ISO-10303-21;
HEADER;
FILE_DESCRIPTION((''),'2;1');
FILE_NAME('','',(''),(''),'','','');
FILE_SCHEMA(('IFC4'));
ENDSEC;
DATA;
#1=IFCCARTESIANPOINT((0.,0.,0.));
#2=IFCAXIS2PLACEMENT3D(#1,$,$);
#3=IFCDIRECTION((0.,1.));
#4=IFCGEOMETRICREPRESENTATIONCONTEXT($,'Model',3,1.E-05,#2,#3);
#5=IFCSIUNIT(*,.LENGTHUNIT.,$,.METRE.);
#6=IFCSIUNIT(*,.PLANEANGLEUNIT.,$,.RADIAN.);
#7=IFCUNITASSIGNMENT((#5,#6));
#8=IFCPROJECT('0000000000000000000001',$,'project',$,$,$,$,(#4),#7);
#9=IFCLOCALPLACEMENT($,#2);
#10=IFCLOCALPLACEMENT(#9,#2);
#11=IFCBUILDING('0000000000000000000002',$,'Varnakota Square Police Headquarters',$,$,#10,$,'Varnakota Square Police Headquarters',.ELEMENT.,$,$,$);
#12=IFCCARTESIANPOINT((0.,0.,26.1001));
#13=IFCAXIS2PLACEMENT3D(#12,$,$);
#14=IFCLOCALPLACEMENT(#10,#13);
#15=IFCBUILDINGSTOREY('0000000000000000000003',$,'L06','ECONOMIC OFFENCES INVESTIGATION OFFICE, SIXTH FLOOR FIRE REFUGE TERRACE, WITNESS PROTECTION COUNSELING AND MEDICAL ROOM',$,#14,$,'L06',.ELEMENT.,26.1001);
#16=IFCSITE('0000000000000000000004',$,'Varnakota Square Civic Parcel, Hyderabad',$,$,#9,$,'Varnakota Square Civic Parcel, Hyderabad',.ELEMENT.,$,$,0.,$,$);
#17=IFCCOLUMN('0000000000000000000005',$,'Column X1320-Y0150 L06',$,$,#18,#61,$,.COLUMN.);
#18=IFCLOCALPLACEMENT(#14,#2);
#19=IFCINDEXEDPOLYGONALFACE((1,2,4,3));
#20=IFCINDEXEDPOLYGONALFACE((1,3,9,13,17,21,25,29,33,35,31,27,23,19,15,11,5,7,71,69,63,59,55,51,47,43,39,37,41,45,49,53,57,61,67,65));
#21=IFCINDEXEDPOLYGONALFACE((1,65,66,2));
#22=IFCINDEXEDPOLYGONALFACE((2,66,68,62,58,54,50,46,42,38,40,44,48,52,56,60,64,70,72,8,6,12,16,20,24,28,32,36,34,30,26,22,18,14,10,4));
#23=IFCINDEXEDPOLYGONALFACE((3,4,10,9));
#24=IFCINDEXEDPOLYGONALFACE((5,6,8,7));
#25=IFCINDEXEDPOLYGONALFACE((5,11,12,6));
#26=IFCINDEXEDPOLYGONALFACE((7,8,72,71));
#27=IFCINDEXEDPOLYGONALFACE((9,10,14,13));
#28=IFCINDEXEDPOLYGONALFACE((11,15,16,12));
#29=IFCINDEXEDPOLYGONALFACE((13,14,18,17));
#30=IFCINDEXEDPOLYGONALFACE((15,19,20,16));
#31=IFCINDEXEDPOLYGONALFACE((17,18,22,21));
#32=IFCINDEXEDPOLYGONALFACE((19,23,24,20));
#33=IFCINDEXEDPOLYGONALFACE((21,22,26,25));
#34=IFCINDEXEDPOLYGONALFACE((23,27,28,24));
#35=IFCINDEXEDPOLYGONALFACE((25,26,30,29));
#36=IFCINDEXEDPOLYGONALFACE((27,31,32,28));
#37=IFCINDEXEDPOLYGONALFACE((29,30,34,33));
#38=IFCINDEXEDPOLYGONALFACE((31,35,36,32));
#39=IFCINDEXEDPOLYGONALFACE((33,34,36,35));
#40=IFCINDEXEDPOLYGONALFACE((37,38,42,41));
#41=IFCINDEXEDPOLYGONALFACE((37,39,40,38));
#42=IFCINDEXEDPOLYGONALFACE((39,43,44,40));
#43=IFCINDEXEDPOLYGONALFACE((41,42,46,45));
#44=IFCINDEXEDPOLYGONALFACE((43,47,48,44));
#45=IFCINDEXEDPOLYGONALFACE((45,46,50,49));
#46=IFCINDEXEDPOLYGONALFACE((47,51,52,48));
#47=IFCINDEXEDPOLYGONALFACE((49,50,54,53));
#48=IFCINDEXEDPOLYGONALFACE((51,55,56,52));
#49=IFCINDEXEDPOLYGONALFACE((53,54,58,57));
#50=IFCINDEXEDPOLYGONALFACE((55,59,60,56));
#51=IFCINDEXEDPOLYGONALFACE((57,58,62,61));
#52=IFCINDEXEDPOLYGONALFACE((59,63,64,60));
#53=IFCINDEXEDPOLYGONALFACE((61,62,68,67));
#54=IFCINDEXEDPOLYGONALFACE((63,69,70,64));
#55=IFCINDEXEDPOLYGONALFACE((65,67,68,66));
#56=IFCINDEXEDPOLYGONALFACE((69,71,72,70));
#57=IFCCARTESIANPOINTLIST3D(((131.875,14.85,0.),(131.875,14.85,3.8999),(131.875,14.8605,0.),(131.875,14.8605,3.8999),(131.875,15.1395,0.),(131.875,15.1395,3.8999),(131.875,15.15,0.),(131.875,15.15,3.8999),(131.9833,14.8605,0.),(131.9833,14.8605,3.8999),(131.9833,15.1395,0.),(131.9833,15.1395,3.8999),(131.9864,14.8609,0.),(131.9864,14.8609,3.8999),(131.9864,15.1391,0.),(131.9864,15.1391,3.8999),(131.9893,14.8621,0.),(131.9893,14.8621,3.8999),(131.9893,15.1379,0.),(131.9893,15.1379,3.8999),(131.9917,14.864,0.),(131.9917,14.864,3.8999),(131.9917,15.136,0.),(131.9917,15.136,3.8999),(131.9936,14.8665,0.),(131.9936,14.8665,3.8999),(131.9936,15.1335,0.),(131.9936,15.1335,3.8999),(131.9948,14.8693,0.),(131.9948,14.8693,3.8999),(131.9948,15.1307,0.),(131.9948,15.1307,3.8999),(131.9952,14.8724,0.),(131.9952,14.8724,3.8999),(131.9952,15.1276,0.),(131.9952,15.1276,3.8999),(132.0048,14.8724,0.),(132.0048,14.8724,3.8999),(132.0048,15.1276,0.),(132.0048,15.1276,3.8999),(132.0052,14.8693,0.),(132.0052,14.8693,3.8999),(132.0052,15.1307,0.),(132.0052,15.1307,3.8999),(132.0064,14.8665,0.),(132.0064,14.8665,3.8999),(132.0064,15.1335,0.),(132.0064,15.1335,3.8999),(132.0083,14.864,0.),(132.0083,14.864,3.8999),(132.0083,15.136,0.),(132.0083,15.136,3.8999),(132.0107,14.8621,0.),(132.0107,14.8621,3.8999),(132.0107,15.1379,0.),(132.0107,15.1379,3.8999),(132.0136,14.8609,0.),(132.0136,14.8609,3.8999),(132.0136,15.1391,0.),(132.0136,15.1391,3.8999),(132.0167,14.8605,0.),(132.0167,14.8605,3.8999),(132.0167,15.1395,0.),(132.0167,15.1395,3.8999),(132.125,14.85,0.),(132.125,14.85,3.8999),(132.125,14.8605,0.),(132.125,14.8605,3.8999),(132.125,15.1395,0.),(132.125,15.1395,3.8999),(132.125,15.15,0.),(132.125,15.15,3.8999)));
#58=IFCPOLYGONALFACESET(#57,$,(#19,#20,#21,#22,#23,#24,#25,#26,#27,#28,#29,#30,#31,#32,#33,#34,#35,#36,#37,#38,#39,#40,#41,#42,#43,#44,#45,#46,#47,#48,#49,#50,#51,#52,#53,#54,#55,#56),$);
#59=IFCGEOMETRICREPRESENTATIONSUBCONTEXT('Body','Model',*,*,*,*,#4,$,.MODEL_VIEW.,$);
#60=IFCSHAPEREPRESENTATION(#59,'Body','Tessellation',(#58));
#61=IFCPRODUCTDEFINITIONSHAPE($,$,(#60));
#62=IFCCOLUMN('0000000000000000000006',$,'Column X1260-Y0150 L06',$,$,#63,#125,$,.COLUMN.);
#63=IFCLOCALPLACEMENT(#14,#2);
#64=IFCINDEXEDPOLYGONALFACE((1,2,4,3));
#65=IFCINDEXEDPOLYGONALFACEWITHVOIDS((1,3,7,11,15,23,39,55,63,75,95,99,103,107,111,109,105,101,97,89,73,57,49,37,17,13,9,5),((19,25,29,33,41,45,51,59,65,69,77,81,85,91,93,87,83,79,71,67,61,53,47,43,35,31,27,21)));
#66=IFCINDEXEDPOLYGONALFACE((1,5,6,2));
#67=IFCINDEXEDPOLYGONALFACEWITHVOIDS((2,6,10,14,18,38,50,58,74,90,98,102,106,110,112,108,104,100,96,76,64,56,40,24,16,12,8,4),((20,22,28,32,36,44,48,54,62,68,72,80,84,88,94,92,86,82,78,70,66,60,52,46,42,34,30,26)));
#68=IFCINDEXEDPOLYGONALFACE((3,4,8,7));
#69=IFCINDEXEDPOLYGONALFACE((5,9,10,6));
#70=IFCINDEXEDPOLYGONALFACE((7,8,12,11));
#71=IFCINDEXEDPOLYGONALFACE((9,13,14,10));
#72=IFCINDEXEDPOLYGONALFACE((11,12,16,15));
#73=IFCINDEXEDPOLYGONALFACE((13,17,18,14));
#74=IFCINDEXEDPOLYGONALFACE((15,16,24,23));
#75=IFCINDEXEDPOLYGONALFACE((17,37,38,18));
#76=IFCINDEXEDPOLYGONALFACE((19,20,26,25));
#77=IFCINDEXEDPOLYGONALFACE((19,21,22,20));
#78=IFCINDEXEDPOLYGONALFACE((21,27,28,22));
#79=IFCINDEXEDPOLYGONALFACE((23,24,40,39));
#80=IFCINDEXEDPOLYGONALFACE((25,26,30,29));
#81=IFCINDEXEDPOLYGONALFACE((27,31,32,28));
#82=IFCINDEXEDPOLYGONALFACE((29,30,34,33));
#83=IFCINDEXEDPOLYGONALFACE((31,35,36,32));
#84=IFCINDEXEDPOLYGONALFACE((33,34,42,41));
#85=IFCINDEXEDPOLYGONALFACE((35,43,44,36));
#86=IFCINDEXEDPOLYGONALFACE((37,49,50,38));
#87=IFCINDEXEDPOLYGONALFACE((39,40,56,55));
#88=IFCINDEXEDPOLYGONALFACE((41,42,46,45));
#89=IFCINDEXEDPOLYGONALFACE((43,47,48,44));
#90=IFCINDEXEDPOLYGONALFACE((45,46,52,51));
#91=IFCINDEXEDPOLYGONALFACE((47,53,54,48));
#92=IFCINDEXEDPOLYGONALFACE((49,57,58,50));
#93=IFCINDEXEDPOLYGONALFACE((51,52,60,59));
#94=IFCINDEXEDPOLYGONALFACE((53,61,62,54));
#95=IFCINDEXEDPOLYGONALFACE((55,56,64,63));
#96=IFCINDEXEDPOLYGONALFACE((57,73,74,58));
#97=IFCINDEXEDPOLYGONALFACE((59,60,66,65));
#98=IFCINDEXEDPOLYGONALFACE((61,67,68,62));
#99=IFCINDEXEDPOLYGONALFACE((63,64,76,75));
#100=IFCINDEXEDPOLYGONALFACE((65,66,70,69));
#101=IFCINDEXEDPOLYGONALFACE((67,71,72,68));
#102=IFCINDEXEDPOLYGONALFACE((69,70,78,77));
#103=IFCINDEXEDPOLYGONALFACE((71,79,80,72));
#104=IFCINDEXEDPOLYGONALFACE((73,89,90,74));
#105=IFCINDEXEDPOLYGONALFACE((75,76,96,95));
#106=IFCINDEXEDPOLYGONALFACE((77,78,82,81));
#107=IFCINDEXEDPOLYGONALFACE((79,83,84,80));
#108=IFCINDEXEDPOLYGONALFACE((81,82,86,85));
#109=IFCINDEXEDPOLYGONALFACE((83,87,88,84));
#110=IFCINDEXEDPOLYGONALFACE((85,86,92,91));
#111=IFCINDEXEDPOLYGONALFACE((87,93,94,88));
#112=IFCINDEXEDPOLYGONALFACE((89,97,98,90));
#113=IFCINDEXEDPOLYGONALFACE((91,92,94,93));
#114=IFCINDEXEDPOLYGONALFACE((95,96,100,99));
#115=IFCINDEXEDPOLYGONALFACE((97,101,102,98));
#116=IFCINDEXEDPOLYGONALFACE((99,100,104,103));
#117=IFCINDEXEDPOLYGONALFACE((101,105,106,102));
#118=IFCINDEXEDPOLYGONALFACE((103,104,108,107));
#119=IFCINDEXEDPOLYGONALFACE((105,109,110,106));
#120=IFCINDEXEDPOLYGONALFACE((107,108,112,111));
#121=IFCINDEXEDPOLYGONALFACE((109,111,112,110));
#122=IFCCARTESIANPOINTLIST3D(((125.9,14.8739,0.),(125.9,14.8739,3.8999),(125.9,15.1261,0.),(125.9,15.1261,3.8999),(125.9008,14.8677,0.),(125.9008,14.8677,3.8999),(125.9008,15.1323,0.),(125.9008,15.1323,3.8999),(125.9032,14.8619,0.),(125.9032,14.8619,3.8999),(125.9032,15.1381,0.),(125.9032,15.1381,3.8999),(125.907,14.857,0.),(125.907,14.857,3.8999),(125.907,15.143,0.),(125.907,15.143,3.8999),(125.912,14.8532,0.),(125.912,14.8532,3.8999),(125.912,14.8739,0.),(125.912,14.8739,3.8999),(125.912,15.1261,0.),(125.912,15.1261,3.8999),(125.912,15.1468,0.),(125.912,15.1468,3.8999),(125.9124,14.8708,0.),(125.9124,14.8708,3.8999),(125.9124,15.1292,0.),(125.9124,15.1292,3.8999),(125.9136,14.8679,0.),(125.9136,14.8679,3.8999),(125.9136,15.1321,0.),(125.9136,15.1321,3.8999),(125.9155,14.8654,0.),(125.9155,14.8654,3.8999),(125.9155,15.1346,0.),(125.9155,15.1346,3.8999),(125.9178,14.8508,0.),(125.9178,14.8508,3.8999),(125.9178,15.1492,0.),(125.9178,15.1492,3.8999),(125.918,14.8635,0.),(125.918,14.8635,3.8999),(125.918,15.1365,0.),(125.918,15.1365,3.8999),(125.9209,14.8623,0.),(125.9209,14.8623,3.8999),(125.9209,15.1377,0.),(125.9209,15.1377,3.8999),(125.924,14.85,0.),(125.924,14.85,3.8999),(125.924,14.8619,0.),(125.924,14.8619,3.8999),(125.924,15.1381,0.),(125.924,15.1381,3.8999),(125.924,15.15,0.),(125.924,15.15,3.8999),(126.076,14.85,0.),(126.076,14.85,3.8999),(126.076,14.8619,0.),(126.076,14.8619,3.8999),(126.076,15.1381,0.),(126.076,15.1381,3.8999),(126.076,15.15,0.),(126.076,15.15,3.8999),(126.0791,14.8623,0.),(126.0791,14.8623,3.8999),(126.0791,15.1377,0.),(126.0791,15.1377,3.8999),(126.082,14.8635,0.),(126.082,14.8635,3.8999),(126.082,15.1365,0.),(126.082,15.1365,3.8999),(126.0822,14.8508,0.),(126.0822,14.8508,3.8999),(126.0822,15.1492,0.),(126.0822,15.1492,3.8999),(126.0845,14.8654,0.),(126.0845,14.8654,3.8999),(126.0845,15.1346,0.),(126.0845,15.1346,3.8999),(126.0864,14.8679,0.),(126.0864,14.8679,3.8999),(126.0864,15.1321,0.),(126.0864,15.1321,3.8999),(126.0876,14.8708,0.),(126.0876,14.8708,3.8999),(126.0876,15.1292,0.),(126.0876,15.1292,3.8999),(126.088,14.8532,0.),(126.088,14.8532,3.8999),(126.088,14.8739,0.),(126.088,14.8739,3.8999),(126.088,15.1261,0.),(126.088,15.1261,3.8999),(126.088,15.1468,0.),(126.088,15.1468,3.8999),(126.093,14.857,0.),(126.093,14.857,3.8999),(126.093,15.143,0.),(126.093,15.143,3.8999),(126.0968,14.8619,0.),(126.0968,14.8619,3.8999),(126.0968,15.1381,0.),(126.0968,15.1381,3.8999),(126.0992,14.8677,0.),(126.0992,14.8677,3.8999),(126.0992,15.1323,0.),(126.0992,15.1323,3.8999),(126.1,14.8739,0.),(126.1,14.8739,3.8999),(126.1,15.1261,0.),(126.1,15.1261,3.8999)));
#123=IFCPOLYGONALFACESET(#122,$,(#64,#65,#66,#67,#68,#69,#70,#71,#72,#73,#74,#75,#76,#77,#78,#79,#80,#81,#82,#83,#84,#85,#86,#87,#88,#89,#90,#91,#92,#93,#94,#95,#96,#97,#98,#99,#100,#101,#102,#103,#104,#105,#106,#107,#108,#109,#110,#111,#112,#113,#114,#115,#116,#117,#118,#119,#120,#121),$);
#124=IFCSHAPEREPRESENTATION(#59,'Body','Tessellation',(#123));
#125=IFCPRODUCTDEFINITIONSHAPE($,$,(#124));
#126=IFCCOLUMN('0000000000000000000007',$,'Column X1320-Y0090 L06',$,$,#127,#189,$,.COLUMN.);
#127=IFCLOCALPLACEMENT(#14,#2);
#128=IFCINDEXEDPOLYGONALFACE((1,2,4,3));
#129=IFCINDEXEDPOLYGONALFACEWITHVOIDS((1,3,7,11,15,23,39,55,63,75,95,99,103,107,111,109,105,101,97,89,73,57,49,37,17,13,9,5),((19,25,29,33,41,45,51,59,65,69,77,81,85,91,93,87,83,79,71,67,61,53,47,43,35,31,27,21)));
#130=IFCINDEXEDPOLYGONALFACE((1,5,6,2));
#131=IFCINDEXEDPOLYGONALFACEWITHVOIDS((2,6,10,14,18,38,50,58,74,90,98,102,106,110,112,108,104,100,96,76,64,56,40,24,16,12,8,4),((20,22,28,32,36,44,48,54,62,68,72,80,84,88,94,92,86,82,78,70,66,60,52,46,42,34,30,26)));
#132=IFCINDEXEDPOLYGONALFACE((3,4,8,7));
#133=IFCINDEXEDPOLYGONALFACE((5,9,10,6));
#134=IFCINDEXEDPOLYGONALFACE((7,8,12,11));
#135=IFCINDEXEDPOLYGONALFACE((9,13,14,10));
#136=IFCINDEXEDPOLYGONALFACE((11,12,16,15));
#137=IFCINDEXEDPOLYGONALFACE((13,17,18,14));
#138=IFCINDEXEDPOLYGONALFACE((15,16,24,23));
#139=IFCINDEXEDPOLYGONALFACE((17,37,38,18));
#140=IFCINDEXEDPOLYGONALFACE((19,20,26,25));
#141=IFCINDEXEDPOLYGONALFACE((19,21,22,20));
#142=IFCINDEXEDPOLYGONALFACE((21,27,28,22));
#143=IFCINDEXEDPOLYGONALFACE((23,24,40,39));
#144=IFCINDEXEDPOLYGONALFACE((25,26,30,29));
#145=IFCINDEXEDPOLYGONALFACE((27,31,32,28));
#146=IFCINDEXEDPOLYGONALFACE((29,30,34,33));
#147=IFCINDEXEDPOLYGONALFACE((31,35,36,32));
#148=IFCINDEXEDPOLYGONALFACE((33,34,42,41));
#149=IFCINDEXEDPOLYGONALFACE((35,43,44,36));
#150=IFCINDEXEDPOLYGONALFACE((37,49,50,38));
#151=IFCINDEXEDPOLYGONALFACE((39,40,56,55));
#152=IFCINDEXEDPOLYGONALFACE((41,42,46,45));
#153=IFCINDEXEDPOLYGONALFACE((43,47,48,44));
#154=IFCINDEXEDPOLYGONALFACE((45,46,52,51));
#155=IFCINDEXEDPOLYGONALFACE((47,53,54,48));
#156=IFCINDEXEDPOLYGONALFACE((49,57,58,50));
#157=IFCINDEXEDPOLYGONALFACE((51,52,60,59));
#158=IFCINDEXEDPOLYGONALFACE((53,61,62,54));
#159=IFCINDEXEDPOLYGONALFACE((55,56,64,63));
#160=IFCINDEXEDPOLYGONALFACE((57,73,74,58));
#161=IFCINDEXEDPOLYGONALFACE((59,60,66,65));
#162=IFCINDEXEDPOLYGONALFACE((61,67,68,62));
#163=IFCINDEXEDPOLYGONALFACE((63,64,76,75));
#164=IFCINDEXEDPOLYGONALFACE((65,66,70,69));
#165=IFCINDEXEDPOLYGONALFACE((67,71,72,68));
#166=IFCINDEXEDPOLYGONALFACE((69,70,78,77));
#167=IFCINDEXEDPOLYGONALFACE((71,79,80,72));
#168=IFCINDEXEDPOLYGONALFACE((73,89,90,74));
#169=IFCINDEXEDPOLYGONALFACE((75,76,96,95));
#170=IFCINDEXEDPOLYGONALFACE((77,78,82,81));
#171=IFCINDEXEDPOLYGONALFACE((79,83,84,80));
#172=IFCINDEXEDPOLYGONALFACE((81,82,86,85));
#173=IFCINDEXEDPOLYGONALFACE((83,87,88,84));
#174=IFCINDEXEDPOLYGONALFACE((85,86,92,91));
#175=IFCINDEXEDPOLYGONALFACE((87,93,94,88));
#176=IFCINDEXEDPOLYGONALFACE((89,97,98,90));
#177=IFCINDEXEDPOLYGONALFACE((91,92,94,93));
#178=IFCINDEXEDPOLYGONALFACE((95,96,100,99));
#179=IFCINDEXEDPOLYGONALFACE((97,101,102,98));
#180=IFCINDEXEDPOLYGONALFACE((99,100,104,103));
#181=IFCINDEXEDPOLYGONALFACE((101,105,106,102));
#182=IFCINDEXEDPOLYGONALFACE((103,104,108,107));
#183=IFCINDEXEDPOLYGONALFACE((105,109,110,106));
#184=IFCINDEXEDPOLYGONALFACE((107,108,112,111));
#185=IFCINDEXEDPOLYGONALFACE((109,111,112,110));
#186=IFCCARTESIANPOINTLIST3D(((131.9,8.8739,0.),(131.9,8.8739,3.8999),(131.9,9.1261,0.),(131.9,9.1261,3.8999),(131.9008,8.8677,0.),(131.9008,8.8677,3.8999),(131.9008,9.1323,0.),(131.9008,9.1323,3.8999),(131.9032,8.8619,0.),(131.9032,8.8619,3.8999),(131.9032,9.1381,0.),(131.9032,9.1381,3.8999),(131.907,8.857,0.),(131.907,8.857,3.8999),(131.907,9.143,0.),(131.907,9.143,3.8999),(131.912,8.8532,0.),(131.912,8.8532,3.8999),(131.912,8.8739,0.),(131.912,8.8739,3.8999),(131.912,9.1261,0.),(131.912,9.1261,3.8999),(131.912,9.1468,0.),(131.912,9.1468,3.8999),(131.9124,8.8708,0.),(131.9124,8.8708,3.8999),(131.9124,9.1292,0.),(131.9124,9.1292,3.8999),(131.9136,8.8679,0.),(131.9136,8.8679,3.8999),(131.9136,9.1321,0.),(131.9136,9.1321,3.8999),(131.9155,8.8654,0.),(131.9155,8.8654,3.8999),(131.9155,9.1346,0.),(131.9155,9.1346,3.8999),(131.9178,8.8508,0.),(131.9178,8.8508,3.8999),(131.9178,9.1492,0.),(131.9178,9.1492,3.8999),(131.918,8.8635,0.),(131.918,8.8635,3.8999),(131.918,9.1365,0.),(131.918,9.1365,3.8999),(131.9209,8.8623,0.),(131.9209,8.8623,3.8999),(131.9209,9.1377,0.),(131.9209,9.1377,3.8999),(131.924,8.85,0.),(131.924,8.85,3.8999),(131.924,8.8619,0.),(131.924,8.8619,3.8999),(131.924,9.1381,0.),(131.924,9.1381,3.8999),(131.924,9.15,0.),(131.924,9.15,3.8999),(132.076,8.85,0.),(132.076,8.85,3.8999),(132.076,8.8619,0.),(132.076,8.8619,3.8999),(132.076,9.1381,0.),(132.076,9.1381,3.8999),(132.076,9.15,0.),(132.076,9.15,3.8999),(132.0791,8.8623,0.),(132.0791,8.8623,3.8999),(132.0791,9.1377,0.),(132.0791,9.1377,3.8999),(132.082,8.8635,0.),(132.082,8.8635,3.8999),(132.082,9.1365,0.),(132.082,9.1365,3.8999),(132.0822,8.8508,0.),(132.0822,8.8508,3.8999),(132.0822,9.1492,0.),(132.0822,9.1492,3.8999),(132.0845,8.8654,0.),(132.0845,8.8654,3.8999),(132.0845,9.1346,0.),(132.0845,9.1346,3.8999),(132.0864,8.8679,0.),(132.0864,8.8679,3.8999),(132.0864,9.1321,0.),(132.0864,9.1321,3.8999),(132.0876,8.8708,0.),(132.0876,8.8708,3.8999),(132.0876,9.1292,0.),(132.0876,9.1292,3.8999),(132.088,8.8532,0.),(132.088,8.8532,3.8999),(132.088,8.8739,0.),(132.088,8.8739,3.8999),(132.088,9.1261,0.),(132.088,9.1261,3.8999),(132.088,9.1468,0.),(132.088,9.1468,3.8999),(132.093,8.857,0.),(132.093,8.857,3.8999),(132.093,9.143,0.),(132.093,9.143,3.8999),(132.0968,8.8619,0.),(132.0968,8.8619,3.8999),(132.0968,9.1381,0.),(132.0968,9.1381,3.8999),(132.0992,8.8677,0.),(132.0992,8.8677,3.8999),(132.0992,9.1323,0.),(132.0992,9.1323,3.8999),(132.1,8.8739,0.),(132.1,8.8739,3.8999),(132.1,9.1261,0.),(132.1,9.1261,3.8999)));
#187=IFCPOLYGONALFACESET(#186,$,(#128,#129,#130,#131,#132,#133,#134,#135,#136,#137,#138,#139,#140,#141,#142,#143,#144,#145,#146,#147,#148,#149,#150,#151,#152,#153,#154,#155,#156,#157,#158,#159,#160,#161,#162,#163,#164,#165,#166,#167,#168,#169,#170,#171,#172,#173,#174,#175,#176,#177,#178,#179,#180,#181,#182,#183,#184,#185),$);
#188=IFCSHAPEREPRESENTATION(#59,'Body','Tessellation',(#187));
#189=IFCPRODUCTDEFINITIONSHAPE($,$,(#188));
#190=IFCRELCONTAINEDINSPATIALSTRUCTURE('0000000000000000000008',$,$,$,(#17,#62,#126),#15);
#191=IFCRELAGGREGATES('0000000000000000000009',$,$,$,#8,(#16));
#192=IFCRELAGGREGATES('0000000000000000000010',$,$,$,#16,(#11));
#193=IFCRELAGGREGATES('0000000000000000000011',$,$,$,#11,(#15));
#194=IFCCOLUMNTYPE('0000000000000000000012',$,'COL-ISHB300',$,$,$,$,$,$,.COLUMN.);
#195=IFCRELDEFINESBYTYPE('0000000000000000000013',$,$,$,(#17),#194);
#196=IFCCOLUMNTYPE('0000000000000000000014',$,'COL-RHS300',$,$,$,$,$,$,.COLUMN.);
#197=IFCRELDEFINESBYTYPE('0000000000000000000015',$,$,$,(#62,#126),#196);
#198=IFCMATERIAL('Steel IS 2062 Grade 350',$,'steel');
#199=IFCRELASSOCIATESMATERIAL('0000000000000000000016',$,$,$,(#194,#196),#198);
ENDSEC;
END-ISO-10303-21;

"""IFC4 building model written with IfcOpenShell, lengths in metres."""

from ifc_helpers import new_model, si_unit, direction, frame, origin, origin_2d, place, context, subcontext, project, spatial, hollow_rectangle, i_section, extrude, material, material_profile, profile_set, type_object, element, save


model = new_model("IFC4")

# Units and contexts
model_context = context("Model", 3, precision=1e-05, world=origin(), true_north=direction((0.0, 1.0)))
body_context = subcontext(model_context, "Body", "Model", "MODEL_VIEW")
ifc_project = project(units=[si_unit("LENGTHUNIT", "METRE"), si_unit("PLANEANGLEUNIT", "RADIAN")], contexts=[model_context])

# Site, building, storey
site_placement = place(None, origin())
site = spatial("IfcSite", under=ifc_project, at=site_placement, Name="Varnakota Square Civic Parcel, Hyderabad", LongName="Varnakota Square Civic Parcel, Hyderabad", CompositionType="ELEMENT", RefElevation=0.0)
building_placement = place(site_placement, origin())
building = spatial("IfcBuilding", under=site, at=building_placement, Name="Varnakota Square Police Headquarters", LongName="Varnakota Square Police Headquarters", CompositionType="ELEMENT")
storey_placement = place(building_placement, frame((0.0, 0.0, 26.1001)))
storey = spatial("IfcBuildingStorey", under=building, at=storey_placement, Name="L06", Description="ECONOMIC OFFENCES INVESTIGATION OFFICE, SIXTH FLOOR FIRE REFUGE TERRACE, WITNESS PROTECTION COUNSELING AND MEDICAL ROOM", LongName="L06", CompositionType="ELEMENT", Elevation=26.1001)

# Columns
ifc_material_1 = material(Name="Steel IS 2062 Grade 350", Category="steel")
ifc_material_profile_1 = material_profile(ifc_material_1, i_section(OverallWidth=0.25, OverallDepth=0.3, WebThickness=0.0095, FlangeThickness=0.0105, FilletRadius=0.012, at=origin_2d()), Name="ISHB 300")
ifc_profile_set_1 = profile_set([ifc_material_profile_1], Name="Steel IS 2062 Grade 350")
column_type_1 = type_object("IfcColumnType", Name="COL-ISHB300", PredefinedType="COLUMN", material=ifc_profile_set_1)
column_1_placement = place(storey_placement, frame((132.0, 15.0, 0.0), z_axis=(0.0, 0.0, 1.0), x_axis=(1.0, 0.0, 0.0)))
element("IfcColumn", 1, at=column_1_placement, inside=storey, type_object=column_type_1, Name="Column X1320-Y0150 L06", PredefinedType="COLUMN", context=body_context, shape_type="SweptSolid", body=[
    extrude(i_section(OverallWidth=0.25, OverallDepth=0.3, WebThickness=0.0095, FlangeThickness=0.0105, FilletRadius=0.012, at=origin_2d()), origin(), (0.0, 0.0, 1.0), 3.8999),
])
ifc_material_profile_2 = material_profile(ifc_material_1, hollow_rectangle(XDim=0.2, YDim=0.3, WallThickness=0.012, InnerFilletRadius=0.012, OuterFilletRadius=0.0239, at=origin_2d()), Name="RHS 300x200x12")
ifc_profile_set_2 = profile_set([ifc_material_profile_2], Name="Steel IS 2062 Grade 350")
column_type_2 = type_object("IfcColumnType", Name="COL-RHS300", PredefinedType="COLUMN", material=ifc_profile_set_2)
for number, where, z_axis, x_axis, name in (
    (2, (126.0, 15.0, 0.0), (0.0, 0.0, 1.0), (1.0, 0.0, 0.0), "Column X1260-Y0150 L06"),
    (3, (132.0, 9.0, 0.0), (0.0, 0.0, 1.0), (1.0, 0.0, 0.0), "Column X1320-Y0090 L06"),
):
    element("IfcColumn", number, at=place(storey_placement, frame(where, z_axis=z_axis, x_axis=x_axis)), inside=storey, type_object=column_type_2, Name=name, PredefinedType="COLUMN", context=body_context, shape_type="SweptSolid", body=[
        extrude(hollow_rectangle(XDim=0.2, YDim=0.3, WallThickness=0.012, InnerFilletRadius=0.012, OuterFilletRadius=0.0239, at=origin_2d()), origin(), (0.0, 0.0, 1.0), 3.8999),
    ])

save(model, "model.ifc")
